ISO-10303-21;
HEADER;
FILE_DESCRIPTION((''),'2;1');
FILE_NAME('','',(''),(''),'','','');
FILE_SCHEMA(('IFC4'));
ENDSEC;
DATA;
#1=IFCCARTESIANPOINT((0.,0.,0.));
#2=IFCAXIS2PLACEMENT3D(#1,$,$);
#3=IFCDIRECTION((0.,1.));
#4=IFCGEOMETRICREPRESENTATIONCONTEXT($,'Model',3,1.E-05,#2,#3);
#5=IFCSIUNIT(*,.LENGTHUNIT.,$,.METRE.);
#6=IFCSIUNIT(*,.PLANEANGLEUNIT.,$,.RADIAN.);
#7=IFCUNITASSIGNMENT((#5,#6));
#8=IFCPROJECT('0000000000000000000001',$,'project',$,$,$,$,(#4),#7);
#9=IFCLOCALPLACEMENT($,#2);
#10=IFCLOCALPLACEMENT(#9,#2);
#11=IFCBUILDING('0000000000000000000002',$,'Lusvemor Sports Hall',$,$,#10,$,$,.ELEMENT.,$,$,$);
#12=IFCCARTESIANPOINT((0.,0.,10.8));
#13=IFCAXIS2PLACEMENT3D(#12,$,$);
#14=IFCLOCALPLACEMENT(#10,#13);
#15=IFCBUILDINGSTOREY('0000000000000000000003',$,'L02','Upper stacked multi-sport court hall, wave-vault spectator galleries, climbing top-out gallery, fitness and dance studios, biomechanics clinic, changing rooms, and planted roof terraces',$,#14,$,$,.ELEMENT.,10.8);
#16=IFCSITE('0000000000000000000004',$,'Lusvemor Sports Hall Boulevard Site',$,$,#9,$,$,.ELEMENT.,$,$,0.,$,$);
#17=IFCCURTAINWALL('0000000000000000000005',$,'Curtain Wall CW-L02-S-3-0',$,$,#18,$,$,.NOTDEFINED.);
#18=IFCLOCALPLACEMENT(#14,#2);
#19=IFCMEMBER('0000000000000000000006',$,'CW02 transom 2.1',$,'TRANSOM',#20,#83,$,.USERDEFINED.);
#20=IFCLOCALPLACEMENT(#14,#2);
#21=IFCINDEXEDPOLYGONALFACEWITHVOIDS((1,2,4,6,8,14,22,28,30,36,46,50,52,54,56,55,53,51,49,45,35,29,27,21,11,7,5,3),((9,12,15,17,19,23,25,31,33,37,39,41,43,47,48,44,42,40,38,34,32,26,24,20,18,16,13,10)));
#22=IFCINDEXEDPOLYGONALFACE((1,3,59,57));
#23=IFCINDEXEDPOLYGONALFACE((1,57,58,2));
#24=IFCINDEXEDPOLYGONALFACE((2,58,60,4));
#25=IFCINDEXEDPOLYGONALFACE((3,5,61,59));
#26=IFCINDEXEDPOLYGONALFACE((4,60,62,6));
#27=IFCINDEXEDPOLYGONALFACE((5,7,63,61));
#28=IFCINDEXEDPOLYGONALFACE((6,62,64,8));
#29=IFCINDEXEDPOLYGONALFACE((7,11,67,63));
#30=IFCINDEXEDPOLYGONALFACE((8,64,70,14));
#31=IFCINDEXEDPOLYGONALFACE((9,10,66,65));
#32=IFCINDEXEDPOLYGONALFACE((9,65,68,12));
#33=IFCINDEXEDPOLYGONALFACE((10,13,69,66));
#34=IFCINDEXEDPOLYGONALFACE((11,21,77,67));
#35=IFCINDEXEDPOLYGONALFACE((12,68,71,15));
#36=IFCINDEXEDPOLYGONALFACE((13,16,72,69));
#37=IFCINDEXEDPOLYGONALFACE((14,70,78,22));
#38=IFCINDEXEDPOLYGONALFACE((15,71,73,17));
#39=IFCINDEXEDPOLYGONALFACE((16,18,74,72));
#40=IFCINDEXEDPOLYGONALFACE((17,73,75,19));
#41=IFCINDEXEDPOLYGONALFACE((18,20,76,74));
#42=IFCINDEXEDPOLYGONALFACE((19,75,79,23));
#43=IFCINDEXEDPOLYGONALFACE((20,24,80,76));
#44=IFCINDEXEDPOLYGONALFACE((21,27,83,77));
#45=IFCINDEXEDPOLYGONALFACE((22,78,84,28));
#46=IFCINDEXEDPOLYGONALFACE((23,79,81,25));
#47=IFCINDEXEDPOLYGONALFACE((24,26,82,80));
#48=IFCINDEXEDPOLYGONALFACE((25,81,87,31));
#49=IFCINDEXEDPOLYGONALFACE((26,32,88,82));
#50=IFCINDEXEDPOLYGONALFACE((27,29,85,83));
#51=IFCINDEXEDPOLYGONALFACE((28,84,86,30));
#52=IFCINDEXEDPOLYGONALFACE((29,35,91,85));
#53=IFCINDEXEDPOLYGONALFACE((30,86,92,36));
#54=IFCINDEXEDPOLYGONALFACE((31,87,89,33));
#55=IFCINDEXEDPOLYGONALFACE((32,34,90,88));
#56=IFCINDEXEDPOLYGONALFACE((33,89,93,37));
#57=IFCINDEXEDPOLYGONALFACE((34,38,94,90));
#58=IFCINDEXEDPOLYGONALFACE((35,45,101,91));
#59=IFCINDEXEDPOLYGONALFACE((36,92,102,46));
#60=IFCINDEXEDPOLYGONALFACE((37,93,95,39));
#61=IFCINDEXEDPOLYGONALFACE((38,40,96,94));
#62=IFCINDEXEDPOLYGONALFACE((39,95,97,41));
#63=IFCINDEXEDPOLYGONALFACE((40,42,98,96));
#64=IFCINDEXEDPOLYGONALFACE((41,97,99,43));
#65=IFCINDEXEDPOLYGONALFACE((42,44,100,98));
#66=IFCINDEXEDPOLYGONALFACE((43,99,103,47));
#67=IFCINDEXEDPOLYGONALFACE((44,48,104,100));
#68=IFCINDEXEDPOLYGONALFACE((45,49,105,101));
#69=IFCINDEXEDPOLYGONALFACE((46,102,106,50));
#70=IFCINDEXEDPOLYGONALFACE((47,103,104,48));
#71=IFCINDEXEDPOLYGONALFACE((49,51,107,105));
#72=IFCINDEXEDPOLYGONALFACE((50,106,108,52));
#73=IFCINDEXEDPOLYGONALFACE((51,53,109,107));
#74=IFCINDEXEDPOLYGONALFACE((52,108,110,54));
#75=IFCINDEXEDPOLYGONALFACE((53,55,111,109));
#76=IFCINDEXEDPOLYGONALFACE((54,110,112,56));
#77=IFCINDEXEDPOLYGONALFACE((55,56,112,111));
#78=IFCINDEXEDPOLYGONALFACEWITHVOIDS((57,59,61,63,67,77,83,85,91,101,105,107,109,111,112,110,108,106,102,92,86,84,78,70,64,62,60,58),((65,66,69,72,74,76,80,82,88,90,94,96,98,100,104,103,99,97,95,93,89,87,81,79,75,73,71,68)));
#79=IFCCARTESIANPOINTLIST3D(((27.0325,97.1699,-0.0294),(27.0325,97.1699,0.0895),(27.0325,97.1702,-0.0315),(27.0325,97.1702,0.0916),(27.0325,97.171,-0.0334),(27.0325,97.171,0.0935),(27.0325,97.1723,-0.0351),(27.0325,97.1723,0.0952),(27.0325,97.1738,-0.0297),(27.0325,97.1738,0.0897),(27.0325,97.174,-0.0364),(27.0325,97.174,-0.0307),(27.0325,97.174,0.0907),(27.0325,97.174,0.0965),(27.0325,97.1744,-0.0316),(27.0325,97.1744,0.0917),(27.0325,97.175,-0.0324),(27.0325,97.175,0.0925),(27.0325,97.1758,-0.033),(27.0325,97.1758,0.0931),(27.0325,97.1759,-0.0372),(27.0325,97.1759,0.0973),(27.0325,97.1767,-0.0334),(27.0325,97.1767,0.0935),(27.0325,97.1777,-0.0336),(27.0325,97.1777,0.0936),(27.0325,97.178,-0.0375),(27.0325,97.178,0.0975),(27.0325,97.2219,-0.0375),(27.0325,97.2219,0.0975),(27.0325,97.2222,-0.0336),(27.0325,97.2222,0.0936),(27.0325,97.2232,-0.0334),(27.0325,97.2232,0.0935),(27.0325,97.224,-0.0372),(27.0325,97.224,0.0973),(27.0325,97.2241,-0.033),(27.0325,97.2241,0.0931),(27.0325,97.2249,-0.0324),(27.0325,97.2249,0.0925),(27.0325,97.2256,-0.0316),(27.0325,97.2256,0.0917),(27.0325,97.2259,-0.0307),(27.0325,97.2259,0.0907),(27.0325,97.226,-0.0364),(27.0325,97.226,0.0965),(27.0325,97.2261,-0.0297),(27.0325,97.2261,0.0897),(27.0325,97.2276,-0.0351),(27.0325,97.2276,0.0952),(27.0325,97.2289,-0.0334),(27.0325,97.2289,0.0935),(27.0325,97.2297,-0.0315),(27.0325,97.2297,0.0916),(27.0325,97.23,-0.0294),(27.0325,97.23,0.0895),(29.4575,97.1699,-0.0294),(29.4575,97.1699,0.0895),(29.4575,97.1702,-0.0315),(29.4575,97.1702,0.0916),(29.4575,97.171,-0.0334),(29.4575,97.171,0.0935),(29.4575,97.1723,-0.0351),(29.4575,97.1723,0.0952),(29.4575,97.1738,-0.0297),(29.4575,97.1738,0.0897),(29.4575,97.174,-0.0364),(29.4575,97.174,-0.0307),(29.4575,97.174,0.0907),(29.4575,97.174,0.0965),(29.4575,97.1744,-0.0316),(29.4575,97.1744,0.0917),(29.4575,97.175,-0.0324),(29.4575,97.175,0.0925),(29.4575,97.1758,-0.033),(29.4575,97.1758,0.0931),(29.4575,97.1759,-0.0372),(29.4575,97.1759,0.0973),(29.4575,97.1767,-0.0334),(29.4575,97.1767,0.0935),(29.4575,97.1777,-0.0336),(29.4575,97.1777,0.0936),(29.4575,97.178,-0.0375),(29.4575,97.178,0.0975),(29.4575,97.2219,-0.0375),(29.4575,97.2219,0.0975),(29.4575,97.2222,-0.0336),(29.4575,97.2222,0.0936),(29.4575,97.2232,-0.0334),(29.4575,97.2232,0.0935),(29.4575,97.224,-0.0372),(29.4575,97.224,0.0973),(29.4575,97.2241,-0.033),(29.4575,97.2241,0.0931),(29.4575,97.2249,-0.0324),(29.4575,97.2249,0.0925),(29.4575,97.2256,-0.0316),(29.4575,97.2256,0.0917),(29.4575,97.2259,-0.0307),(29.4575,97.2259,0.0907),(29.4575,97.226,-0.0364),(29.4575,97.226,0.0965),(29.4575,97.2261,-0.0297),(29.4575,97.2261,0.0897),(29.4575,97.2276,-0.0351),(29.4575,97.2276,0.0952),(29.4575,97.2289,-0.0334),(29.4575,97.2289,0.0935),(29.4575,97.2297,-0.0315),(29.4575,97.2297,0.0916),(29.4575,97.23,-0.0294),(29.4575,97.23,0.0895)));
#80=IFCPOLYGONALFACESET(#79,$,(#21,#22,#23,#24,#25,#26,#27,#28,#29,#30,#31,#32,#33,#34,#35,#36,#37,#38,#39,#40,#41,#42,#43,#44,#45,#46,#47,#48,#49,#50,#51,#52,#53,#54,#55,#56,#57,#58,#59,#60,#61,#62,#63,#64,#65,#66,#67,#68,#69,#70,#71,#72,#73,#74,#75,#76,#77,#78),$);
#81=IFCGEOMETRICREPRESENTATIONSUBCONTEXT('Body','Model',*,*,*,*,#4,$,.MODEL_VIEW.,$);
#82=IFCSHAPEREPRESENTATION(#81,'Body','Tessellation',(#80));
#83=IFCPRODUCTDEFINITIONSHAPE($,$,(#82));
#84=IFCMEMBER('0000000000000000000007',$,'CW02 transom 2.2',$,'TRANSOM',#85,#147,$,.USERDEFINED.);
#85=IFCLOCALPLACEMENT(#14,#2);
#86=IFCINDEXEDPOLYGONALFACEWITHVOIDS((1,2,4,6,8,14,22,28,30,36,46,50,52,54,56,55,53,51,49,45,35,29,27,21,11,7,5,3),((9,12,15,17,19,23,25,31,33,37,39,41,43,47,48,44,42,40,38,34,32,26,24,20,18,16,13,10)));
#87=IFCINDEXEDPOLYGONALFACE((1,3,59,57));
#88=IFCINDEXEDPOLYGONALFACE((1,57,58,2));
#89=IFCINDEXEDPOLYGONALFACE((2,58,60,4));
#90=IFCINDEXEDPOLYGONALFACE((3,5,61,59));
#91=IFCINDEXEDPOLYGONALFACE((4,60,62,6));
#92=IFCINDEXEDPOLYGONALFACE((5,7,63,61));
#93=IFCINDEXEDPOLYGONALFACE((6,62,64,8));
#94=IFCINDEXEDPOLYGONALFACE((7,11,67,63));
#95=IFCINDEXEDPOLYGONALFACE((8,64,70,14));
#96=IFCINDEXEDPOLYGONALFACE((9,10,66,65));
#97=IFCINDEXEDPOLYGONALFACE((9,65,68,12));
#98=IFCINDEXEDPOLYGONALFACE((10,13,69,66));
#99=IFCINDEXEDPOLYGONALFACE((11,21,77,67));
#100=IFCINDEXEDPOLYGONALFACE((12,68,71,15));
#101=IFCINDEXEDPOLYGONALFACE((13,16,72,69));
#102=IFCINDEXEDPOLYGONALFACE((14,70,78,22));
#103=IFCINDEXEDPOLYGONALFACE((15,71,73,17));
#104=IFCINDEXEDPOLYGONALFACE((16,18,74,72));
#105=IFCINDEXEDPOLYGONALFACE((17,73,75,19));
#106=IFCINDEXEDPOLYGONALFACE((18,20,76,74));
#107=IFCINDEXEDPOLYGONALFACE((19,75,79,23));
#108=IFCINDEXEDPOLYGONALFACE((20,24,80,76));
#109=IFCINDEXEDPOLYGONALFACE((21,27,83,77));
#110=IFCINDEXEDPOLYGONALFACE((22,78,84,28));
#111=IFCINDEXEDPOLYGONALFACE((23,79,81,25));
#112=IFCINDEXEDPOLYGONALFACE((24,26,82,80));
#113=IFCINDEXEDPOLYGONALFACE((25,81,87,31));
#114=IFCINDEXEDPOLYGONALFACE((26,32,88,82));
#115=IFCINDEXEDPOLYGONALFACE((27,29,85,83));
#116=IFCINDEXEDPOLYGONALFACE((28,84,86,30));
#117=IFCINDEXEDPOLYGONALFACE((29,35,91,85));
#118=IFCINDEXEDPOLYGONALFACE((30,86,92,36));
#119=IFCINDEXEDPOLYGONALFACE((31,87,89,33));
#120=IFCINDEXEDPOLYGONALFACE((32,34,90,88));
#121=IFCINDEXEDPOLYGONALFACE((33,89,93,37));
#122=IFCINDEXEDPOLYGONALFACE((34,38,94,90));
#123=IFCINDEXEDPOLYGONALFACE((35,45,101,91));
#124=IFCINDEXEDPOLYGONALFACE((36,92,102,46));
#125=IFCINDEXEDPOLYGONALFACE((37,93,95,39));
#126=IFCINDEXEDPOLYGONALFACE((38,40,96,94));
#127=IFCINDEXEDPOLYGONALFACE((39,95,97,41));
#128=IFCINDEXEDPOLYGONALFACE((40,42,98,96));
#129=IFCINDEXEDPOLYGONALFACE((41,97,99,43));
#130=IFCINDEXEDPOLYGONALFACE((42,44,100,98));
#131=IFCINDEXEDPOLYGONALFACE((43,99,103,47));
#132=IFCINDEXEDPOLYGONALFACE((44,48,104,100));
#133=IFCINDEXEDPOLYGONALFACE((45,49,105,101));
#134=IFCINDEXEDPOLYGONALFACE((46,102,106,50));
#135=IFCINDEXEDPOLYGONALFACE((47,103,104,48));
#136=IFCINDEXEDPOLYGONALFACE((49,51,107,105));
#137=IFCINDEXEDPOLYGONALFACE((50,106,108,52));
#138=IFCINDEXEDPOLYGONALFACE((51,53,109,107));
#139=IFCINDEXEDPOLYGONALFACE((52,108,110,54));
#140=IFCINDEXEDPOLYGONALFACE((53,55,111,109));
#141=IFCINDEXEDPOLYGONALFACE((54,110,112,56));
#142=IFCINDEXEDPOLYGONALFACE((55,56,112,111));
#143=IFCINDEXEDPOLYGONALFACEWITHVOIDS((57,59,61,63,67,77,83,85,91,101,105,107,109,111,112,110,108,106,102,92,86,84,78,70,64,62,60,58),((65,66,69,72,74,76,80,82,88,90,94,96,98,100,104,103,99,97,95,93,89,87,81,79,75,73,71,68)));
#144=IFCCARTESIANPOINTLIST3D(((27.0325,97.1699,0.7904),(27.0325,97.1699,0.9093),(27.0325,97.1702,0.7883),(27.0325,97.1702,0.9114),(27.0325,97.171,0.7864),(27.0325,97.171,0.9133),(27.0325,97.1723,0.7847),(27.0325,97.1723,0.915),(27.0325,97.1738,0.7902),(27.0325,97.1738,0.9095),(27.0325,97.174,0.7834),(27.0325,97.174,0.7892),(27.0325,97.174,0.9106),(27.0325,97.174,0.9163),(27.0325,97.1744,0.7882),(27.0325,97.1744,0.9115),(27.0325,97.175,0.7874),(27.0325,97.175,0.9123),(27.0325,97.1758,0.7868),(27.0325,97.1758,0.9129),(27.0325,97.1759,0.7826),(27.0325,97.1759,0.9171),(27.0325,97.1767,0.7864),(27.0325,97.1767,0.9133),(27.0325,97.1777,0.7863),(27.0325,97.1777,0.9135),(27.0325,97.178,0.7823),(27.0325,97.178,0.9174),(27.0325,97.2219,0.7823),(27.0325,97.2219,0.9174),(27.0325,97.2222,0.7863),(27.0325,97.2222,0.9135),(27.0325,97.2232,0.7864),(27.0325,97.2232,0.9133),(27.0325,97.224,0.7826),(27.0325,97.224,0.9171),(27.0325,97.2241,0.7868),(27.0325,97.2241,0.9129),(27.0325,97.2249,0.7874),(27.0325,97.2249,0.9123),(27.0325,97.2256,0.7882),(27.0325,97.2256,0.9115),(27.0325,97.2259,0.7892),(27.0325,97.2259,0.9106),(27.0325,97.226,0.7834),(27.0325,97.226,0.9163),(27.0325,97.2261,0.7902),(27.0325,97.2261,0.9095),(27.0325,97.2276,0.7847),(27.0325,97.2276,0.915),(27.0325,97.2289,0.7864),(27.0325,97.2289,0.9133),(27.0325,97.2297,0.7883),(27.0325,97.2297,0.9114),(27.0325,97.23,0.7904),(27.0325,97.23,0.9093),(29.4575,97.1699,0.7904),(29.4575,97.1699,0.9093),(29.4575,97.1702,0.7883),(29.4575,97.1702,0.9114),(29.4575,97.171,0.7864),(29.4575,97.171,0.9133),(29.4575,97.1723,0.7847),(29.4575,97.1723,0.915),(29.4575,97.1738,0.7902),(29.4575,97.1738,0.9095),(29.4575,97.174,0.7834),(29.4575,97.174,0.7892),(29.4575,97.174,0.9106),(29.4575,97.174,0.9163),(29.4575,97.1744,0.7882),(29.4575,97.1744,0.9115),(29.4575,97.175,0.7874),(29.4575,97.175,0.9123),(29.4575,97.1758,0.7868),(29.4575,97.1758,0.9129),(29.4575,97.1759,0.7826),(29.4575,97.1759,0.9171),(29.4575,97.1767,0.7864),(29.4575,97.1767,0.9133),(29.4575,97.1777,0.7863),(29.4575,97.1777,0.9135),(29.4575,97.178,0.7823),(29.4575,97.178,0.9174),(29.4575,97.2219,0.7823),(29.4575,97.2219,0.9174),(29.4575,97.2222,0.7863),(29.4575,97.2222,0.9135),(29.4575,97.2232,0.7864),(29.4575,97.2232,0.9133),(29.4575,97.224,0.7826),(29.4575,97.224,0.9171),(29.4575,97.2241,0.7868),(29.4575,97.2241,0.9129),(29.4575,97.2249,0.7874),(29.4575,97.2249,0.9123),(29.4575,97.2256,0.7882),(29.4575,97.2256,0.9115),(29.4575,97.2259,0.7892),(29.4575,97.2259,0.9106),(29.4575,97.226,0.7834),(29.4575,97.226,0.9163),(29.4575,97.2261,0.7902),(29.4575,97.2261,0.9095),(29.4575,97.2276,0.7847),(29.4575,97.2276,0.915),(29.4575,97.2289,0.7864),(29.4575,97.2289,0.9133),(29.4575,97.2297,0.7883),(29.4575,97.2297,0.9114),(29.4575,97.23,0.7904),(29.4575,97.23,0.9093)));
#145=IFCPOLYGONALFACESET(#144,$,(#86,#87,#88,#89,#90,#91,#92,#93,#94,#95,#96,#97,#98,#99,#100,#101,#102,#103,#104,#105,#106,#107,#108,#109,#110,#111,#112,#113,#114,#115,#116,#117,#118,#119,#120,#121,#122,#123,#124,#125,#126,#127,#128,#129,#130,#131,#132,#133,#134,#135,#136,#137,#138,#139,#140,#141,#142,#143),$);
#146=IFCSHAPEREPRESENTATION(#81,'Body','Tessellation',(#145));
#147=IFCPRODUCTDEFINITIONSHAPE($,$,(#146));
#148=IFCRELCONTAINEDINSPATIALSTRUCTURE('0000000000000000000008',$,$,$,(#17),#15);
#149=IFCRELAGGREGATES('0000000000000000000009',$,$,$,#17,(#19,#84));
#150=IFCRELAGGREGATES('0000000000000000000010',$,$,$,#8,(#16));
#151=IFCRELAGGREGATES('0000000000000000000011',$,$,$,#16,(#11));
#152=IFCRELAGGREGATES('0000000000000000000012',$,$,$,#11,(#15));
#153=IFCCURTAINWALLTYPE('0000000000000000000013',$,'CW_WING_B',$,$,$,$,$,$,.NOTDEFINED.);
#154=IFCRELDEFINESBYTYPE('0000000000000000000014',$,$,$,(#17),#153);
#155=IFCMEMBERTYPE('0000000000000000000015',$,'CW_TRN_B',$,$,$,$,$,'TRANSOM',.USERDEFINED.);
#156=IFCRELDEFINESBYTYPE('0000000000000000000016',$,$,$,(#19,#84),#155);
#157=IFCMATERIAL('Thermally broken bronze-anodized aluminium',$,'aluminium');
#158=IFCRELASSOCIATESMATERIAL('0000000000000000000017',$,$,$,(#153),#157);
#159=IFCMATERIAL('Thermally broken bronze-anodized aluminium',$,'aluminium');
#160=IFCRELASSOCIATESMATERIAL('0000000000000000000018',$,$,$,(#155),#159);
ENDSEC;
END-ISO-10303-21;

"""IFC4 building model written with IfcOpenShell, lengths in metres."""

from ifc_helpers import new_model, si_unit, direction, frame, origin, origin_2d, place, context, subcontext, project, spatial, hollow_rectangle, extrude, material, material_profile, profile_set, type_object, element, aggregate, save


model = new_model("IFC4")

# Units and contexts
model_context = context("Model", 3, precision=1e-05, world=origin(), true_north=direction((0.0, 1.0)))
body_context = subcontext(model_context, "Body", "Model", "MODEL_VIEW")
ifc_project = project(units=[si_unit("LENGTHUNIT", "METRE"), si_unit("PLANEANGLEUNIT", "RADIAN")], contexts=[model_context])

# Site, building, storey
site_placement = place(None, origin())
site = spatial("IfcSite", under=ifc_project, at=site_placement, Name="Lusvemor Sports Hall Boulevard Site", CompositionType="ELEMENT", RefElevation=0.0)
building_placement = place(site_placement, origin())
building = spatial("IfcBuilding", under=site, at=building_placement, Name="Lusvemor Sports Hall", CompositionType="ELEMENT")
storey_placement = place(building_placement, frame((0.0, 0.0, 10.8)))
storey = spatial("IfcBuildingStorey", under=building, at=storey_placement, Name="L02", Description="Upper stacked multi-sport court hall, wave-vault spectator galleries, climbing top-out gallery, fitness and dance studios, biomechanics clinic, changing rooms, and planted roof terraces", CompositionType="ELEMENT", Elevation=10.8)

# Curtain wall, members
ifc_material_1 = material(Name="Thermally broken bronze-anodized aluminium", Category="aluminium")
curtain_wall_type = type_object("IfcCurtainWallType", Name="CW_WING_B", PredefinedType="NOTDEFINED", material=ifc_material_1)
curtain_wall_placement = place(storey_placement, origin())
curtain_wall = element("IfcCurtainWall", 1, at=curtain_wall_placement, inside=storey, type_object=curtain_wall_type, Name="Curtain Wall CW-L02-S-3-0", PredefinedType="NOTDEFINED")
ifc_material_2 = material(Name="Thermally broken bronze-anodized aluminium", Category="aluminium")
ifc_material_profile_1 = material_profile(ifc_material_2, hollow_rectangle(XDim=0.0601, YDim=0.135, WallThickness=0.0039, InnerFilletRadius=0.0039, OuterFilletRadius=0.0081, at=origin_2d()), Name="CWTRN135x60x4")
ifc_profile_set_1 = profile_set([ifc_material_profile_1], Name="Thermally broken bronze-anodized aluminium")
member_type_1 = type_object("IfcMemberType", Name="CW_TRN_B", ElementType="TRANSOM", PredefinedType="USERDEFINED", material=ifc_profile_set_1)
member_1_placement = place(storey_placement, frame((29.4575, 97.2, 0.03), z_axis=(-1.0, 0.0, 0.0), x_axis=(0.0, -1.0, 0.0)))
member_1 = element("IfcMember", 2, at=member_1_placement, type_object=member_type_1, Name="CW02 transom 2.1", ObjectType="TRANSOM", PredefinedType="USERDEFINED", context=body_context, shape_type="SweptSolid", body=[
    extrude(hollow_rectangle(XDim=0.0601, YDim=0.135, WallThickness=0.0039, InnerFilletRadius=0.0039, OuterFilletRadius=0.0081, at=origin_2d()), origin(), (0.0, 0.0, 1.0), 2.425),
])
member_2_placement = place(storey_placement, frame((29.4575, 97.2, 0.8499), z_axis=(-1.0, 0.0, 0.0), x_axis=(0.0, -1.0, 0.0)))
member_2 = element("IfcMember", 3, at=member_2_placement, type_object=member_type_1, Name="CW02 transom 2.2", ObjectType="TRANSOM", PredefinedType="USERDEFINED", context=body_context, shape_type="SweptSolid", body=[
    extrude(hollow_rectangle(XDim=0.0601, YDim=0.135, WallThickness=0.0039, InnerFilletRadius=0.0039, OuterFilletRadius=0.0081, at=origin_2d()), origin(), (0.0, 0.0, 1.0), 2.425),
])

aggregate(curtain_wall, [member_1, member_2])

save(model, "model.ifc")
